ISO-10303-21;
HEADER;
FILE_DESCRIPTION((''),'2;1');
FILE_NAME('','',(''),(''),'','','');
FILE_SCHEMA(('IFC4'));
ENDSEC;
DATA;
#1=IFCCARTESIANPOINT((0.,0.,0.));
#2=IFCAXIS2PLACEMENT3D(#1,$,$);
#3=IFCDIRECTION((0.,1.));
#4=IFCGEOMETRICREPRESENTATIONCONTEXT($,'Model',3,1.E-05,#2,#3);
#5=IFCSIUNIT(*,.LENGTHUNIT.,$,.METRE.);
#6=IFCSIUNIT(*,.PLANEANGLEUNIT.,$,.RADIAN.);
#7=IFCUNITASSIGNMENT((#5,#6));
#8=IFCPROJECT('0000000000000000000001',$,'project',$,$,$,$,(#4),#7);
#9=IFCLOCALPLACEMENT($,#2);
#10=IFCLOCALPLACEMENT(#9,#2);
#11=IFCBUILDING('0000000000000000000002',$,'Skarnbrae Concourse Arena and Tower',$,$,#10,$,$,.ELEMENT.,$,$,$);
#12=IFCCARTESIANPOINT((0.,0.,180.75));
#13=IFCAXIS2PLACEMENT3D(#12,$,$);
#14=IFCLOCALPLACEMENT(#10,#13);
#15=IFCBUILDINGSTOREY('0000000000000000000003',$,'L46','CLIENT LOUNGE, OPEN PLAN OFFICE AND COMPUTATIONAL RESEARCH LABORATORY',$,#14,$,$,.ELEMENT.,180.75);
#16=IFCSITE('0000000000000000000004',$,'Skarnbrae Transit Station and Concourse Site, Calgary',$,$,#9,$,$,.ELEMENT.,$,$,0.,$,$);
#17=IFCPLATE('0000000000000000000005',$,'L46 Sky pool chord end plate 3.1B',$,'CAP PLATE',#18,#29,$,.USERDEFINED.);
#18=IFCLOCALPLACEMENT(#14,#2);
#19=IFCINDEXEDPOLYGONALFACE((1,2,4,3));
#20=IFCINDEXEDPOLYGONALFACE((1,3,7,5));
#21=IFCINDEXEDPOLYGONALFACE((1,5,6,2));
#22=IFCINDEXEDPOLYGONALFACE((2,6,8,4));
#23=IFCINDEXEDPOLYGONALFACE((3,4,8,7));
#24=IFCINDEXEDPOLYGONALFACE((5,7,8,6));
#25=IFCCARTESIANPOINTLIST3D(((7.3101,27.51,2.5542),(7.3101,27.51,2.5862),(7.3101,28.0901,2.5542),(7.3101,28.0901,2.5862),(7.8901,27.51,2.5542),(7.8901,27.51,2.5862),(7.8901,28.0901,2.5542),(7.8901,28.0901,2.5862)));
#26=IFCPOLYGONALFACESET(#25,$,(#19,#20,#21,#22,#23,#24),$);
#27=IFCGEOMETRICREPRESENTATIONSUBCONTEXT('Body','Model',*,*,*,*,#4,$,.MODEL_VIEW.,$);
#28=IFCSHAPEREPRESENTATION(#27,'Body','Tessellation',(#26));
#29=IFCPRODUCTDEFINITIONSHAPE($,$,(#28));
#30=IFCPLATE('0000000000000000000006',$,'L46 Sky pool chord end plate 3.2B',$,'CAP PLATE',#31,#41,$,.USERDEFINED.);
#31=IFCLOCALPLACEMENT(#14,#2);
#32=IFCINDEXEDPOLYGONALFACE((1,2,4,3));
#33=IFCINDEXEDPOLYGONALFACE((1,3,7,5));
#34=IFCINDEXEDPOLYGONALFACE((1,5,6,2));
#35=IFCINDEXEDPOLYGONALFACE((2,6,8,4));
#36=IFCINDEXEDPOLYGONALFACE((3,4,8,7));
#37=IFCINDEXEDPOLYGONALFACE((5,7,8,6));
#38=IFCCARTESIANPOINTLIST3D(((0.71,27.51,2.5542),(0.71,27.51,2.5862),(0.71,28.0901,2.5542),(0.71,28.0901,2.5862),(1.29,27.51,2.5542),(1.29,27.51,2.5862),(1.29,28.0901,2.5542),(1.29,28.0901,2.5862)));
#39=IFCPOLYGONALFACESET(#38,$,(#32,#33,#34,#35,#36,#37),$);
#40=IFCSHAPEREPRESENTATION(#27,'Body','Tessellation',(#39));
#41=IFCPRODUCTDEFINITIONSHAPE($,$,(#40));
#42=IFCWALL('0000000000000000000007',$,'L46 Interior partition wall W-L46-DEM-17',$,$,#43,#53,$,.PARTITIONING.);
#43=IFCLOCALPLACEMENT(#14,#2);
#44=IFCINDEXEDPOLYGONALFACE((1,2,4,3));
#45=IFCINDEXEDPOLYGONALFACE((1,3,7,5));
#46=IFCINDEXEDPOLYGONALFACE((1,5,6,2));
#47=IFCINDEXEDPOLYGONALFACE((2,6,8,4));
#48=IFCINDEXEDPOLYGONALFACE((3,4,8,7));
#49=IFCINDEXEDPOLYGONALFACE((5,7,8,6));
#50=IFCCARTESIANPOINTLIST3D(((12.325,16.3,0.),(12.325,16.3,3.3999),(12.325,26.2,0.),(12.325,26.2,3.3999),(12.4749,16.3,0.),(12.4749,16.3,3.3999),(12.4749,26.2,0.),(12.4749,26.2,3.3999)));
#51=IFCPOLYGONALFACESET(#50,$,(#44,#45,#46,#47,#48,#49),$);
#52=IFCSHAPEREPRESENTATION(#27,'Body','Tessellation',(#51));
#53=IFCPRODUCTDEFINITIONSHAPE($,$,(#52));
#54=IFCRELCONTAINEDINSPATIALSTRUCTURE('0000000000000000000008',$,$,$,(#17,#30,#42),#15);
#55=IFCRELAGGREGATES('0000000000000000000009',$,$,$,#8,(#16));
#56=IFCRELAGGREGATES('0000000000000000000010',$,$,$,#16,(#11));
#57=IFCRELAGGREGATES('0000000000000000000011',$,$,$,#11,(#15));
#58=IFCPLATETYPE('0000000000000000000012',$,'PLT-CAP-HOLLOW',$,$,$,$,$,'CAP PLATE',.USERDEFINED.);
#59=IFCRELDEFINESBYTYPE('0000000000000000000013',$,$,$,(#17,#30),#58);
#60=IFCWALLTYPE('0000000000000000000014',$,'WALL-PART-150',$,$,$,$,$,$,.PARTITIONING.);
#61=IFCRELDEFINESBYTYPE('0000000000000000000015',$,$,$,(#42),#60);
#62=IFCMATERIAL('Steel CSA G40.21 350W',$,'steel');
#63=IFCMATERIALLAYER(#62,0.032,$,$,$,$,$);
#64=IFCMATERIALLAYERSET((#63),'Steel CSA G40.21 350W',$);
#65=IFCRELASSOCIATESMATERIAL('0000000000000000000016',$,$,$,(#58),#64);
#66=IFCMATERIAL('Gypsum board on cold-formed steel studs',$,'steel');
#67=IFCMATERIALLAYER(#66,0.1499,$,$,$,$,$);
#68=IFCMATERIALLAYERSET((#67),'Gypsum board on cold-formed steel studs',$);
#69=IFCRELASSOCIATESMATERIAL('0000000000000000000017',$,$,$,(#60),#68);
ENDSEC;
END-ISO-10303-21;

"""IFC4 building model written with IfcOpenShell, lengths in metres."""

from ifc_helpers import new_model, si_unit, direction, frame, frame_2d, origin, origin_2d, place, context, subcontext, project, spatial, rectangle, extrude, source, transform, mapped, material, layer, layer_set, type_object, element, save


model = new_model("IFC4")

# Units and contexts
model_context = context("Model", 3, precision=1e-05, world=origin(), true_north=direction((0.0, 1.0)))
body_context = subcontext(model_context, "Body", "Model", "MODEL_VIEW")
ifc_project = project(units=[si_unit("LENGTHUNIT", "METRE"), si_unit("PLANEANGLEUNIT", "RADIAN")], contexts=[model_context])

# Site, building, storey
site_placement = place(None, origin())
site = spatial("IfcSite", under=ifc_project, at=site_placement, Name="Skarnbrae Transit Station and Concourse Site, Calgary", CompositionType="ELEMENT", RefElevation=0.0)
building_placement = place(site_placement, origin())
building = spatial("IfcBuilding", under=site, at=building_placement, Name="Skarnbrae Concourse Arena and Tower", CompositionType="ELEMENT")
storey_placement = place(building_placement, frame((0.0, 0.0, 180.75)))
storey = spatial("IfcBuildingStorey", under=building, at=storey_placement, Name="L46", Description="CLIENT LOUNGE, OPEN PLAN OFFICE AND COMPUTATIONAL RESEARCH LABORATORY", CompositionType="ELEMENT", Elevation=180.75)

# Shared definitions
ifc_material_1 = material(Name="Steel CSA G40.21 350W", Category="steel")

# Plates
ifc_layer_1 = layer(ifc_material_1, 0.032)
ifc_layer_set_1 = layer_set([ifc_layer_1], Name="Steel CSA G40.21 350W")
plate_type = type_object("IfcPlateType", Name="PLT-CAP-HOLLOW", ElementType="CAP PLATE", PredefinedType="USERDEFINED", material=ifc_layer_set_1)
shared_shape_1 = source(origin(), body_context, "Body", "SweptSolid", [
    extrude(rectangle(XDim=0.5801, YDim=0.5801, at=origin_2d()), origin(), (0.0, 0.0, 1.0), 0.032),
])
for number, where, z_axis, x_axis, name in (
    (1, (7.6001, 27.8, 2.5542), (0.0, 0.0, 1.0), (1.0, 0.0, 0.0), "L46 Sky pool chord end plate 3.1B"),
    (2, (1.0, 27.8, 2.5542), (0.0, 0.0, 1.0), (1.0, 0.0, 0.0), "L46 Sky pool chord end plate 3.2B"),
):
    element("IfcPlate", number, at=place(storey_placement, frame(where, z_axis=z_axis, x_axis=x_axis)), inside=storey, type_object=plate_type, Name=name, ObjectType="CAP PLATE", PredefinedType="USERDEFINED", context=body_context, shape_type="MappedRepresentation", body=[
        mapped(shared_shape_1, transform((0.0, 0.0, 0.0))),
    ])

# Wall
ifc_material_2 = material(Name="Gypsum board on cold-formed steel studs", Category="steel")
ifc_layer_2 = layer(ifc_material_2, 0.1499)
ifc_layer_set_2 = layer_set([ifc_layer_2], Name="Gypsum board on cold-formed steel studs")
wall_type = type_object("IfcWallType", Name="WALL-PART-150", PredefinedType="PARTITIONING", material=ifc_layer_set_2)
shared_shape_2 = source(origin(), body_context, "Body", "SweptSolid", [
    extrude(rectangle(XDim=9.8999, YDim=0.1499, at=frame_2d((4.95, 0.0))), origin(), (0.0, 0.0, 1.0), 3.3999),
])
wall_placement = place(storey_placement, frame((12.3999, 26.2, 0.0), z_axis=(0.0, 0.0, 1.0), x_axis=(0.0, -1.0, 0.0)))
element("IfcWall", 3, at=wall_placement, inside=storey, type_object=wall_type, Name="L46 Interior partition wall W-L46-DEM-17", PredefinedType="PARTITIONING", context=body_context, shape_type="MappedRepresentation", body=[
    mapped(shared_shape_2, transform((0.0, 0.0, 0.0))),
])

save(model, "model.ifc")
